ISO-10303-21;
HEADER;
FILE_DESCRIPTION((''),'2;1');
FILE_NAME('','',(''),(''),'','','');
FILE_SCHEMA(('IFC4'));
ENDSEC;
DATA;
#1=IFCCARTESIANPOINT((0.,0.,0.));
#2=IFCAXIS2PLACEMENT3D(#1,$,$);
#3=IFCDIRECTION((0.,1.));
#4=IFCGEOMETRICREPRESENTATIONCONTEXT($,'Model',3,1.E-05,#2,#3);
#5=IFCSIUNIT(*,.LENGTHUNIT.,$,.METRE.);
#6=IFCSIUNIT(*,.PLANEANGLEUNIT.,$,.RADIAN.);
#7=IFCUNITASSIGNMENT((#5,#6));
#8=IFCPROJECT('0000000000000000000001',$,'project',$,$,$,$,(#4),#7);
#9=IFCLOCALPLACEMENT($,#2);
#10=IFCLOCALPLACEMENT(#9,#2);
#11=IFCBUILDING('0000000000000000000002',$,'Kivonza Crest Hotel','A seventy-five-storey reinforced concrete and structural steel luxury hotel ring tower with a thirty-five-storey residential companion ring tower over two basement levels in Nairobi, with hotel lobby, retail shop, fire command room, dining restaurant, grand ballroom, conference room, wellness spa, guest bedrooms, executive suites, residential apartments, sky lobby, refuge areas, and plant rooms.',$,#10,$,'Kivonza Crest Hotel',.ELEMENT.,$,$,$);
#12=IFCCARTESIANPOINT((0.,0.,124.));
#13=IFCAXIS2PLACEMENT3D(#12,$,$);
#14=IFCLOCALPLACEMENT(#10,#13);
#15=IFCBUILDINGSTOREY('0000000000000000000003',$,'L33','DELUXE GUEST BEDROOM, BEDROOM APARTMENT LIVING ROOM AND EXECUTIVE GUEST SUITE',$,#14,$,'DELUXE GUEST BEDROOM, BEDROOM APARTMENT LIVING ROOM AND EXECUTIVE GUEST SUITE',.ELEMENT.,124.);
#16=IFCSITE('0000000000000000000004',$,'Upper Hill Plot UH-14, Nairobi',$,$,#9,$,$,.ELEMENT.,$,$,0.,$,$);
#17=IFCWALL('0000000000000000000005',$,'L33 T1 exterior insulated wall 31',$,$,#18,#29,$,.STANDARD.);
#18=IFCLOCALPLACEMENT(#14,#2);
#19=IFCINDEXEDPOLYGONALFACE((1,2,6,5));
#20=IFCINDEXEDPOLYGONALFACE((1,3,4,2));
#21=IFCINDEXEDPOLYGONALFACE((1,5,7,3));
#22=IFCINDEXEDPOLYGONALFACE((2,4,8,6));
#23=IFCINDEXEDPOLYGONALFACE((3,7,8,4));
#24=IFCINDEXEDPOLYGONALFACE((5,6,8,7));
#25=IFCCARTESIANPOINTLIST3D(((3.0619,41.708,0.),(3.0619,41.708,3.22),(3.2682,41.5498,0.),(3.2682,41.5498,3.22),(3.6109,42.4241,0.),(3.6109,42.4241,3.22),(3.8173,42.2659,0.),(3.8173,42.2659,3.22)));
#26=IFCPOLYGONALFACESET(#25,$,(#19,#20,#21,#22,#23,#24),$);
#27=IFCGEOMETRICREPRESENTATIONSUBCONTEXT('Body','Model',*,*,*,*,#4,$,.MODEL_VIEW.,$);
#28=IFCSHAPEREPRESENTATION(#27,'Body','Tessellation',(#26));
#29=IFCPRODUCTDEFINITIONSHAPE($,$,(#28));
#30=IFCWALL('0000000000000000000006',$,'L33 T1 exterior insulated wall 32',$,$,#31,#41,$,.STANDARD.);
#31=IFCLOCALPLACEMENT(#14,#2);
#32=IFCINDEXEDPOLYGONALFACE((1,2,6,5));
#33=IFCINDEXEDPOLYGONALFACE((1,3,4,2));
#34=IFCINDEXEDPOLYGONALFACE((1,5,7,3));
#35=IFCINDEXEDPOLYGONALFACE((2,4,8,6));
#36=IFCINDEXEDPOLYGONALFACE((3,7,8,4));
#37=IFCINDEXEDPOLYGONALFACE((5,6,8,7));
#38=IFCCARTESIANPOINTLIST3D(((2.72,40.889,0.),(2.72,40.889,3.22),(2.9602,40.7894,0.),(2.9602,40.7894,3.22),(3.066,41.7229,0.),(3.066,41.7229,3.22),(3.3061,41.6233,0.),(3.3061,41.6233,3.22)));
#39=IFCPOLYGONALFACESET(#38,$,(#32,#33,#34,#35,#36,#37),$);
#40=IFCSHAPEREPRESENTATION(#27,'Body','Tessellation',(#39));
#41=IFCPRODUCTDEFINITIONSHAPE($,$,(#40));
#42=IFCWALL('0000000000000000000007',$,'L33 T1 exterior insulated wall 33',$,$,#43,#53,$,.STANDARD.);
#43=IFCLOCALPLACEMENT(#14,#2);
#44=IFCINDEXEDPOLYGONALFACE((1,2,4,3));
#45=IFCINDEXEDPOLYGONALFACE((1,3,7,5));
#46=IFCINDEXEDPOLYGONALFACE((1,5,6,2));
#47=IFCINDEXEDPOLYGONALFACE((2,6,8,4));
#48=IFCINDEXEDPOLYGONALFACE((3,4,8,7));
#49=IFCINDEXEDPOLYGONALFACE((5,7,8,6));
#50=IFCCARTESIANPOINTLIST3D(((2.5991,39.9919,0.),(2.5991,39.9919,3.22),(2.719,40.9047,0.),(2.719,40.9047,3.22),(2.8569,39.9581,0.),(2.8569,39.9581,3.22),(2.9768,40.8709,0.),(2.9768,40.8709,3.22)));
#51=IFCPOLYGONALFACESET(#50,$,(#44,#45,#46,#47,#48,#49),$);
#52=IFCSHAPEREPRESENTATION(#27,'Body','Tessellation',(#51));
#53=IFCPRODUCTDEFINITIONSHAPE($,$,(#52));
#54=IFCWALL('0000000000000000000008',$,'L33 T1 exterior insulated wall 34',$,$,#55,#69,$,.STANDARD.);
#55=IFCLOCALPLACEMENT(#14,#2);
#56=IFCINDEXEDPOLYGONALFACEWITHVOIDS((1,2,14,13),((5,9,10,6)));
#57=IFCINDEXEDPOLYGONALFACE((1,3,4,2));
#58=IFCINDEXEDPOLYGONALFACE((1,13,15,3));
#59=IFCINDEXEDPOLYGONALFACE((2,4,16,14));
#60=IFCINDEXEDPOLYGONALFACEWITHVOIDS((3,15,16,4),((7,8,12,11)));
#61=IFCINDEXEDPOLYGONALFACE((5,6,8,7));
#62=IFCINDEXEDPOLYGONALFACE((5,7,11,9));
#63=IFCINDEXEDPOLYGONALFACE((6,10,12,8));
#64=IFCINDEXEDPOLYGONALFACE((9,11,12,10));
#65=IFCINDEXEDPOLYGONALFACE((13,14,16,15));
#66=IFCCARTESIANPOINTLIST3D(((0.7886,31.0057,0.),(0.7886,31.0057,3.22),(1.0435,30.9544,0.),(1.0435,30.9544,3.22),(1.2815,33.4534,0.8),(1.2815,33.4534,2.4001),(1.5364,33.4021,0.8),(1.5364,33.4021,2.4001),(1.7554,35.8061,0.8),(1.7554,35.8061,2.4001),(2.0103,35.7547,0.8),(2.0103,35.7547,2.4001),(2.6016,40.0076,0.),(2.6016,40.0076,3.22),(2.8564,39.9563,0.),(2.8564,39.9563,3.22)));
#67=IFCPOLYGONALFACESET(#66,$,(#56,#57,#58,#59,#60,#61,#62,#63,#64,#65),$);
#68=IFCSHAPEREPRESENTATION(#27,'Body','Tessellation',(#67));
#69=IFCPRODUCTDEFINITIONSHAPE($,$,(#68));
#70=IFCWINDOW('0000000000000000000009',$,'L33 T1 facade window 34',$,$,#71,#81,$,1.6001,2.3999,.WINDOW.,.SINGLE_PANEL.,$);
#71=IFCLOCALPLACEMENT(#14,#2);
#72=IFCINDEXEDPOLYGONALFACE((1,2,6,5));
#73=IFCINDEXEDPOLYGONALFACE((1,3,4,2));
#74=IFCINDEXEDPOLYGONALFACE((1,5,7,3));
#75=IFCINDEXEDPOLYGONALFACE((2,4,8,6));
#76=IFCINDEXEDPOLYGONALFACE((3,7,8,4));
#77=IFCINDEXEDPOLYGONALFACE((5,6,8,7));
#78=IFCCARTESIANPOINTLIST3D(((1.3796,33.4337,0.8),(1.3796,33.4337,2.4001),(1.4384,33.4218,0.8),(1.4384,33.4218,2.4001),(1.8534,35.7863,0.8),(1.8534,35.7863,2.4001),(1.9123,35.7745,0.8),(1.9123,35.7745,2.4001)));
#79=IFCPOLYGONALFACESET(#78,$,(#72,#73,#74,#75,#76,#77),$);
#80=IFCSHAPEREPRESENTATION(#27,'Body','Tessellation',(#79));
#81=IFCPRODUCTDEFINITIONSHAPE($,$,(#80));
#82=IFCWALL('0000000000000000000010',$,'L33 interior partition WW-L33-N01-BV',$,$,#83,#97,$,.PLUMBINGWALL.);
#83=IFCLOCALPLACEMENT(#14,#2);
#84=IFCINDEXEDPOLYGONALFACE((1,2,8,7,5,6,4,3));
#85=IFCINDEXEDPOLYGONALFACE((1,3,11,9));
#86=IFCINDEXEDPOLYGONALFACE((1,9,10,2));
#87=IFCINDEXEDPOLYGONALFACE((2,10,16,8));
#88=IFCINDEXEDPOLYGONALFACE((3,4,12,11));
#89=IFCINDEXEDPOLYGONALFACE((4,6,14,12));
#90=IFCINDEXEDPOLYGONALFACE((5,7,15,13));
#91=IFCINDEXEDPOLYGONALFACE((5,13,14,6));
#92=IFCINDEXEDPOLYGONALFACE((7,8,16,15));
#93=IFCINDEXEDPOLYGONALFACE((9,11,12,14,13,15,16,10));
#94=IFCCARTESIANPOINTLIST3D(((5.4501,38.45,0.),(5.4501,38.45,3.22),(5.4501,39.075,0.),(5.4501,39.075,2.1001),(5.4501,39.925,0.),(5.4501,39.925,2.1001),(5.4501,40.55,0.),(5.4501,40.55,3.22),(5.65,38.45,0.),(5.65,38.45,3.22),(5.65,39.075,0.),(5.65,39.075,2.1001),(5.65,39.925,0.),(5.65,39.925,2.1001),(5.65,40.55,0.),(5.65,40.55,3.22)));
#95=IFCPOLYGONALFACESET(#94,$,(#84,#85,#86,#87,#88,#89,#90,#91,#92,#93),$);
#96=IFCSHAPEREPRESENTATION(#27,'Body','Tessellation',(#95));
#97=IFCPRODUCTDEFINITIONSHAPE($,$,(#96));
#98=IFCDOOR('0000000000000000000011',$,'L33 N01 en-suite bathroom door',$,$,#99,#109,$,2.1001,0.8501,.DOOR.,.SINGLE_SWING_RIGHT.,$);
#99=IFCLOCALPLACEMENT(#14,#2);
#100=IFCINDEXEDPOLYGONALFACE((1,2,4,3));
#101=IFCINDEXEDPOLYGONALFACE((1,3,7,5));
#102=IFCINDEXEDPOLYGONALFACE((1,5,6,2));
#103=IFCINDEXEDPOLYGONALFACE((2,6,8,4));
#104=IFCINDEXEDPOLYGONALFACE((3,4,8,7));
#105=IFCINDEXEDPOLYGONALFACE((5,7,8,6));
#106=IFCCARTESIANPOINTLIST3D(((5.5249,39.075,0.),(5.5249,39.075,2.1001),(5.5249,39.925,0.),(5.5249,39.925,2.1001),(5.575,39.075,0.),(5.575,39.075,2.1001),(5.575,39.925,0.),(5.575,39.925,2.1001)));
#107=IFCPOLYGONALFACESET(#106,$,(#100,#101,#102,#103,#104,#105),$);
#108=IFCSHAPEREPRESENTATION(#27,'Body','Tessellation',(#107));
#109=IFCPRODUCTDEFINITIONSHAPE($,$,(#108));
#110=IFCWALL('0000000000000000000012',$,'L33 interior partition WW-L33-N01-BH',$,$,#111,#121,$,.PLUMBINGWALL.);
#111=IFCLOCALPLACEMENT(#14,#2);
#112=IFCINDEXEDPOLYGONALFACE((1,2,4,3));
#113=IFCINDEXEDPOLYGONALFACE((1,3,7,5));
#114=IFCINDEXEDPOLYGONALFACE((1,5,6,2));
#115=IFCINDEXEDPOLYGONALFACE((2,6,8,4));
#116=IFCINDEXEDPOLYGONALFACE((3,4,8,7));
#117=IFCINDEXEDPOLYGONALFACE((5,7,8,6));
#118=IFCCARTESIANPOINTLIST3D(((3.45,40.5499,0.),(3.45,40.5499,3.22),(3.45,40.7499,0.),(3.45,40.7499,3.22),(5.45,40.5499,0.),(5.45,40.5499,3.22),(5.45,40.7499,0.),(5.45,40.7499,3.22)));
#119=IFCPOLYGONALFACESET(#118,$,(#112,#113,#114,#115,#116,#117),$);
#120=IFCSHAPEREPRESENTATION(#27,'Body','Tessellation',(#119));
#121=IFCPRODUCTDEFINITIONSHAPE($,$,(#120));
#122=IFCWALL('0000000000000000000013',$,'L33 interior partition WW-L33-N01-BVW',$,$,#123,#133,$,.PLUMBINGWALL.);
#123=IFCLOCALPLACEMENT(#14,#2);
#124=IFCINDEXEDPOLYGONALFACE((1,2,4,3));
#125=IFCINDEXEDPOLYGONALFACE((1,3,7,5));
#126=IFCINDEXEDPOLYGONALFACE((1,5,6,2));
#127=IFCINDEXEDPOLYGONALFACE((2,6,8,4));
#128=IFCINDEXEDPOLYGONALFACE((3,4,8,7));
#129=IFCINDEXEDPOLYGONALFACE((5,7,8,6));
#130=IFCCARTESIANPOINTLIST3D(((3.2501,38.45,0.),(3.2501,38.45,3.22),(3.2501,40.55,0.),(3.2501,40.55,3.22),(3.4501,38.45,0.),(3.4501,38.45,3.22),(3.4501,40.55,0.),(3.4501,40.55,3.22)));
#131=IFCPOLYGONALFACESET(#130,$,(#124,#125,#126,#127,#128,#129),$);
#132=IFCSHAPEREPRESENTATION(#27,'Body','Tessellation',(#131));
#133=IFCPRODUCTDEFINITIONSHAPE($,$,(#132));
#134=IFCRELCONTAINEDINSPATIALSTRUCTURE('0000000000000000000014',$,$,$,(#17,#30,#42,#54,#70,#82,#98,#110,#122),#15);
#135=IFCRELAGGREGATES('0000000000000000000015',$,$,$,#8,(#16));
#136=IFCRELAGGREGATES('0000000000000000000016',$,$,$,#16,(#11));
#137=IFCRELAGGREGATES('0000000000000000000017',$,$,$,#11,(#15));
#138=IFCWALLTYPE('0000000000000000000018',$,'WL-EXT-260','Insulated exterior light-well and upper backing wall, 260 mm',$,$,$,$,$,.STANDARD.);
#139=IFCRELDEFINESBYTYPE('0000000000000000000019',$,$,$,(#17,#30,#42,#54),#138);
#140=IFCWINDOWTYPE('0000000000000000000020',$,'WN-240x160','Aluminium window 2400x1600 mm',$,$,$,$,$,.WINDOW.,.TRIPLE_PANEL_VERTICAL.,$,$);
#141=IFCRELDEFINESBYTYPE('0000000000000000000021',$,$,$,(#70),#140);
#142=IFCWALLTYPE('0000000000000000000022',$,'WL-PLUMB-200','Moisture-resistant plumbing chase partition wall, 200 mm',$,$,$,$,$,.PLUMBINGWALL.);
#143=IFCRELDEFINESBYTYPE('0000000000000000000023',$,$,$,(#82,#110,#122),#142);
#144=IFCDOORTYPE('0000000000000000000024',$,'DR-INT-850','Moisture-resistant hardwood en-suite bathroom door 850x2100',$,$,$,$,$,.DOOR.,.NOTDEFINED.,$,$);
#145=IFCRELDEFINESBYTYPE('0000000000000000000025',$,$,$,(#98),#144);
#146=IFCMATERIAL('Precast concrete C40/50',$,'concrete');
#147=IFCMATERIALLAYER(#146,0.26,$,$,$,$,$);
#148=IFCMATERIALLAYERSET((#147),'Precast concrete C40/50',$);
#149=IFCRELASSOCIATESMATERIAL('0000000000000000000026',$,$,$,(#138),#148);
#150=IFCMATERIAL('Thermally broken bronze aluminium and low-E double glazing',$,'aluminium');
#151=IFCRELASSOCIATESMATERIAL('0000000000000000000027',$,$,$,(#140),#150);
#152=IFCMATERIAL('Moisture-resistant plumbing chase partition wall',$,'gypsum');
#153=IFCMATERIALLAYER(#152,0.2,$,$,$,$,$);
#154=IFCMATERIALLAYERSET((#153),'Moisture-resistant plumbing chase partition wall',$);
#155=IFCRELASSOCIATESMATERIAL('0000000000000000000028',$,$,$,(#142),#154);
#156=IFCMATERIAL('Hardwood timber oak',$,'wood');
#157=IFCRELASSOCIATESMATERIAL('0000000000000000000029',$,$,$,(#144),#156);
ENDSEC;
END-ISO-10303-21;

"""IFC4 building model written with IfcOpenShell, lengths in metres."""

from ifc_helpers import new_model, si_unit, direction, frame, frame_2d, origin, place, context, subcontext, project, spatial, rectangle, extrude, material, layer, layer_set, type_object, element, fill, save


model = new_model("IFC4")

# Units and contexts
model_context = context("Model", 3, precision=1e-05, world=origin(), true_north=direction((0.0, 1.0)))
body_context = subcontext(model_context, "Body", "Model", "MODEL_VIEW")
ifc_project = project(units=[si_unit("LENGTHUNIT", "METRE"), si_unit("PLANEANGLEUNIT", "RADIAN")], contexts=[model_context])

# Site, building, storey
site_placement = place(None, origin())
site = spatial("IfcSite", under=ifc_project, at=site_placement, Name="Upper Hill Plot UH-14, Nairobi", CompositionType="ELEMENT", RefElevation=0.0)
building_placement = place(site_placement, origin())
building = spatial("IfcBuilding", under=site, at=building_placement, Name="Kivonza Crest Hotel", Description="A seventy-five-storey reinforced concrete and structural steel luxury hotel ring tower with a thirty-five-storey residential companion ring tower over two basement levels in Nairobi, with hotel lobby, retail shop, fire command room, dining restaurant, grand ballroom, conference room, wellness spa, guest bedrooms, executive suites, residential apartments, sky lobby, refuge areas, and plant rooms.", LongName="Kivonza Crest Hotel", CompositionType="ELEMENT")
storey_placement = place(building_placement, frame((0.0, 0.0, 124.0)))
storey = spatial("IfcBuildingStorey", under=building, at=storey_placement, Name="L33", Description="DELUXE GUEST BEDROOM, BEDROOM APARTMENT LIVING ROOM AND EXECUTIVE GUEST SUITE", LongName="DELUXE GUEST BEDROOM, BEDROOM APARTMENT LIVING ROOM AND EXECUTIVE GUEST SUITE", CompositionType="ELEMENT", Elevation=124.0)

# Shared definitions
ifc_material_1 = material(Name="Hardwood timber oak", Category="wood")

# Walls
ifc_material_2 = material(Name="Precast concrete C40/50", Category="concrete")
ifc_layer_1 = layer(ifc_material_2, 0.26)
ifc_layer_set_1 = layer_set([ifc_layer_1], Name="Precast concrete C40/50")
wall_type_1 = type_object("IfcWallType", Name="WL-EXT-260", Description="Insulated exterior light-well and upper backing wall, 260 mm", PredefinedType="STANDARD", material=ifc_layer_set_1)
wall_1_placement = place(storey_placement, frame((3.7141, 42.345, 0.0), z_axis=(0.0, 0.0, 1.0), x_axis=(-0.608494, -0.793558, 0.0)))
element("IfcWall", 1, at=wall_1_placement, inside=storey, type_object=wall_type_1, Name="L33 T1 exterior insulated wall 31", PredefinedType="STANDARD", context=body_context, shape_type="SweptSolid", body=[
    extrude(rectangle(XDim=0.9023, YDim=0.26, at=frame_2d((0.4512, 0.0))), origin(), (0.0, 0.0, 1.0), 3.22),
])
wall_2_placement = place(storey_placement, frame((3.186, 41.6731, 0.0), z_axis=(0.0, 0.0, 1.0), x_axis=(-0.383156, -0.923684, 0.0)))
element("IfcWall", 2, at=wall_2_placement, inside=storey, type_object=wall_type_1, Name="L33 T1 exterior insulated wall 32", PredefinedType="STANDARD", context=body_context, shape_type="SweptSolid", body=[
    extrude(rectangle(XDim=0.9028, YDim=0.26, at=frame_2d((0.4514, 0.0))), origin(), (0.0, 0.0, 1.0), 3.22),
])
wall_3_placement = place(storey_placement, frame((2.8479, 40.8879, 0.0), z_axis=(0.0, 0.0, 1.0), x_axis=(-0.130201, -0.991488, 0.0)))
element("IfcWall", 3, at=wall_3_placement, inside=storey, type_object=wall_type_1, Name="L33 T1 exterior insulated wall 33", PredefinedType="STANDARD", context=body_context, shape_type="SweptSolid", body=[
    extrude(rectangle(XDim=0.9207, YDim=0.26, at=frame_2d((0.4604, 0.0))), origin(), (0.0, 0.0, 1.0), 3.22),
])

# Wall, opening, window
wall_4_placement = place(storey_placement, frame((2.729, 39.9819, 0.0), z_axis=(0.0, 0.0, 1.0), x_axis=(-0.197435, -0.980316, 0.0)))
wall_4 = element("IfcWall", 4, at=wall_4_placement, inside=storey, type_object=wall_type_1, Name="L33 T1 exterior insulated wall 34", PredefinedType="STANDARD", context=body_context, shape_type="SweptSolid", body=[
    extrude(rectangle(XDim=9.1826, YDim=0.26, at=frame_2d((4.5913, 0.0))), origin(), (0.0, 0.0, 1.0), 3.22),
])
opening_1_placement = place(wall_4_placement, frame((4.2859, 0.0, 0.8)))
opening_1 = element("IfcOpeningElement", 5, at=opening_1_placement, cuts=wall_4, PredefinedType="OPENING", context=body_context, shape_type="SweptSolid", body=[
    extrude(rectangle(XDim=2.3999, YDim=1.6001, at=frame_2d((1.2, 0.8))), frame((0.0, 0.1401, 0.0), z_axis=(0.0, -1.0, 0.0), x_axis=(1.0, 0.0, 0.0)), (0.0, 0.0, 1.0), 0.28),
])
ifc_material_3 = material(Name="Thermally broken bronze aluminium and low-E double glazing", Category="aluminium")
window_type = type_object("IfcWindowType", Name="WN-240x160", Description="Aluminium window 2400x1600 mm", PartitioningType="TRIPLE_PANEL_VERTICAL", PredefinedType="WINDOW", material=ifc_material_3)
window_placement = place(opening_1_placement, origin())
window = element("IfcWindow", 6, at=window_placement, inside=storey, type_object=window_type, Name="L33 T1 facade window 34", OverallHeight=1.6001, OverallWidth=2.3999, PartitioningType="SINGLE_PANEL", PredefinedType="WINDOW", context=body_context, shape_type="SweptSolid", body=[
    extrude(rectangle(XDim=2.3999, YDim=1.6001, at=frame_2d((1.2, 0.8))), frame((0.0, 0.03, 0.0), z_axis=(0.0, -1.0, 0.0), x_axis=(1.0, 0.0, 0.0)), (0.0, 0.0, 1.0), 0.0601),
])
fill(opening_1, window)

# Wall, opening, door
ifc_material_4 = material(Name="Moisture-resistant plumbing chase partition wall", Category="gypsum")
ifc_layer_2 = layer(ifc_material_4, 0.2)
ifc_layer_set_2 = layer_set([ifc_layer_2], Name="Moisture-resistant plumbing chase partition wall")
wall_type_2 = type_object("IfcWallType", Name="WL-PLUMB-200", Description="Moisture-resistant plumbing chase partition wall, 200 mm", PredefinedType="PLUMBINGWALL", material=ifc_layer_set_2)
wall_5_placement = place(storey_placement, frame((5.55, 38.45, 0.0), z_axis=(0.0, 0.0, 1.0), x_axis=(0.0, 1.0, 0.0)))
wall_5 = element("IfcWall", 7, at=wall_5_placement, inside=storey, type_object=wall_type_2, Name="L33 interior partition WW-L33-N01-BV", PredefinedType="PLUMBINGWALL", context=body_context, shape_type="SweptSolid", body=[
    extrude(rectangle(XDim=2.1001, YDim=0.2, at=frame_2d((1.05, 0.0))), origin(), (0.0, 0.0, 1.0), 3.22),
])
opening_2_placement = place(wall_5_placement, frame((0.625, 0.0, 0.0)))
opening_2 = element("IfcOpeningElement", 8, at=opening_2_placement, cuts=wall_5, PredefinedType="OPENING", context=body_context, shape_type="SweptSolid", body=[
    extrude(rectangle(XDim=0.8501, YDim=2.1001, at=frame_2d((0.425, 1.05))), frame((0.0, 0.1099, 0.0), z_axis=(0.0, -1.0, 0.0), x_axis=(1.0, 0.0, 0.0)), (0.0, 0.0, 1.0), 0.22),
])
door_type_1 = type_object("IfcDoorType", Name="DR-INT-850", Description="Moisture-resistant hardwood en-suite bathroom door 850x2100", OperationType="NOTDEFINED", PredefinedType="DOOR", material=ifc_material_1)
door_1_placement = place(opening_2_placement, frame((0.8501, 0.0, 0.0), z_axis=(0.0, 0.0, 1.0), x_axis=(-1.0, 0.0, 0.0)))
door_1 = element("IfcDoor", 9, at=door_1_placement, inside=storey, type_object=door_type_1, Name="L33 N01 en-suite bathroom door", OperationType="SINGLE_SWING_RIGHT", OverallHeight=2.1001, OverallWidth=0.8501, PredefinedType="DOOR", context=body_context, shape_type="SweptSolid", body=[
    extrude(rectangle(XDim=0.8501, YDim=2.1001, at=frame_2d((0.425, 1.05))), frame((0.0, 0.0249, 0.0), z_axis=(0.0, -1.0, 0.0), x_axis=(1.0, 0.0, 0.0)), (0.0, 0.0, 1.0), 0.05),
])
fill(opening_2, door_1)

# Walls
wall_6_placement = place(storey_placement, frame((3.45, 40.6499, 0.0), z_axis=(0.0, 0.0, 1.0), x_axis=(1.0, 0.0, 0.0)))
element("IfcWall", 10, at=wall_6_placement, inside=storey, type_object=wall_type_2, Name="L33 interior partition WW-L33-N01-BH", PredefinedType="PLUMBINGWALL", context=body_context, shape_type="SweptSolid", body=[
    extrude(rectangle(XDim=2.0, YDim=0.2, at=frame_2d((1.0, 0.0))), origin(), (0.0, 0.0, 1.0), 3.22),
])
wall_7_placement = place(storey_placement, frame((3.3501, 38.45, 0.0), z_axis=(0.0, 0.0, 1.0), x_axis=(0.0, 1.0, 0.0)))
element("IfcWall", 11, at=wall_7_placement, inside=storey, type_object=wall_type_2, Name="L33 interior partition WW-L33-N01-BVW", PredefinedType="PLUMBINGWALL", context=body_context, shape_type="SweptSolid", body=[
    extrude(rectangle(XDim=2.1001, YDim=0.2, at=frame_2d((1.05, 0.0))), origin(), (0.0, 0.0, 1.0), 3.22),
])

save(model, "model.ifc")
